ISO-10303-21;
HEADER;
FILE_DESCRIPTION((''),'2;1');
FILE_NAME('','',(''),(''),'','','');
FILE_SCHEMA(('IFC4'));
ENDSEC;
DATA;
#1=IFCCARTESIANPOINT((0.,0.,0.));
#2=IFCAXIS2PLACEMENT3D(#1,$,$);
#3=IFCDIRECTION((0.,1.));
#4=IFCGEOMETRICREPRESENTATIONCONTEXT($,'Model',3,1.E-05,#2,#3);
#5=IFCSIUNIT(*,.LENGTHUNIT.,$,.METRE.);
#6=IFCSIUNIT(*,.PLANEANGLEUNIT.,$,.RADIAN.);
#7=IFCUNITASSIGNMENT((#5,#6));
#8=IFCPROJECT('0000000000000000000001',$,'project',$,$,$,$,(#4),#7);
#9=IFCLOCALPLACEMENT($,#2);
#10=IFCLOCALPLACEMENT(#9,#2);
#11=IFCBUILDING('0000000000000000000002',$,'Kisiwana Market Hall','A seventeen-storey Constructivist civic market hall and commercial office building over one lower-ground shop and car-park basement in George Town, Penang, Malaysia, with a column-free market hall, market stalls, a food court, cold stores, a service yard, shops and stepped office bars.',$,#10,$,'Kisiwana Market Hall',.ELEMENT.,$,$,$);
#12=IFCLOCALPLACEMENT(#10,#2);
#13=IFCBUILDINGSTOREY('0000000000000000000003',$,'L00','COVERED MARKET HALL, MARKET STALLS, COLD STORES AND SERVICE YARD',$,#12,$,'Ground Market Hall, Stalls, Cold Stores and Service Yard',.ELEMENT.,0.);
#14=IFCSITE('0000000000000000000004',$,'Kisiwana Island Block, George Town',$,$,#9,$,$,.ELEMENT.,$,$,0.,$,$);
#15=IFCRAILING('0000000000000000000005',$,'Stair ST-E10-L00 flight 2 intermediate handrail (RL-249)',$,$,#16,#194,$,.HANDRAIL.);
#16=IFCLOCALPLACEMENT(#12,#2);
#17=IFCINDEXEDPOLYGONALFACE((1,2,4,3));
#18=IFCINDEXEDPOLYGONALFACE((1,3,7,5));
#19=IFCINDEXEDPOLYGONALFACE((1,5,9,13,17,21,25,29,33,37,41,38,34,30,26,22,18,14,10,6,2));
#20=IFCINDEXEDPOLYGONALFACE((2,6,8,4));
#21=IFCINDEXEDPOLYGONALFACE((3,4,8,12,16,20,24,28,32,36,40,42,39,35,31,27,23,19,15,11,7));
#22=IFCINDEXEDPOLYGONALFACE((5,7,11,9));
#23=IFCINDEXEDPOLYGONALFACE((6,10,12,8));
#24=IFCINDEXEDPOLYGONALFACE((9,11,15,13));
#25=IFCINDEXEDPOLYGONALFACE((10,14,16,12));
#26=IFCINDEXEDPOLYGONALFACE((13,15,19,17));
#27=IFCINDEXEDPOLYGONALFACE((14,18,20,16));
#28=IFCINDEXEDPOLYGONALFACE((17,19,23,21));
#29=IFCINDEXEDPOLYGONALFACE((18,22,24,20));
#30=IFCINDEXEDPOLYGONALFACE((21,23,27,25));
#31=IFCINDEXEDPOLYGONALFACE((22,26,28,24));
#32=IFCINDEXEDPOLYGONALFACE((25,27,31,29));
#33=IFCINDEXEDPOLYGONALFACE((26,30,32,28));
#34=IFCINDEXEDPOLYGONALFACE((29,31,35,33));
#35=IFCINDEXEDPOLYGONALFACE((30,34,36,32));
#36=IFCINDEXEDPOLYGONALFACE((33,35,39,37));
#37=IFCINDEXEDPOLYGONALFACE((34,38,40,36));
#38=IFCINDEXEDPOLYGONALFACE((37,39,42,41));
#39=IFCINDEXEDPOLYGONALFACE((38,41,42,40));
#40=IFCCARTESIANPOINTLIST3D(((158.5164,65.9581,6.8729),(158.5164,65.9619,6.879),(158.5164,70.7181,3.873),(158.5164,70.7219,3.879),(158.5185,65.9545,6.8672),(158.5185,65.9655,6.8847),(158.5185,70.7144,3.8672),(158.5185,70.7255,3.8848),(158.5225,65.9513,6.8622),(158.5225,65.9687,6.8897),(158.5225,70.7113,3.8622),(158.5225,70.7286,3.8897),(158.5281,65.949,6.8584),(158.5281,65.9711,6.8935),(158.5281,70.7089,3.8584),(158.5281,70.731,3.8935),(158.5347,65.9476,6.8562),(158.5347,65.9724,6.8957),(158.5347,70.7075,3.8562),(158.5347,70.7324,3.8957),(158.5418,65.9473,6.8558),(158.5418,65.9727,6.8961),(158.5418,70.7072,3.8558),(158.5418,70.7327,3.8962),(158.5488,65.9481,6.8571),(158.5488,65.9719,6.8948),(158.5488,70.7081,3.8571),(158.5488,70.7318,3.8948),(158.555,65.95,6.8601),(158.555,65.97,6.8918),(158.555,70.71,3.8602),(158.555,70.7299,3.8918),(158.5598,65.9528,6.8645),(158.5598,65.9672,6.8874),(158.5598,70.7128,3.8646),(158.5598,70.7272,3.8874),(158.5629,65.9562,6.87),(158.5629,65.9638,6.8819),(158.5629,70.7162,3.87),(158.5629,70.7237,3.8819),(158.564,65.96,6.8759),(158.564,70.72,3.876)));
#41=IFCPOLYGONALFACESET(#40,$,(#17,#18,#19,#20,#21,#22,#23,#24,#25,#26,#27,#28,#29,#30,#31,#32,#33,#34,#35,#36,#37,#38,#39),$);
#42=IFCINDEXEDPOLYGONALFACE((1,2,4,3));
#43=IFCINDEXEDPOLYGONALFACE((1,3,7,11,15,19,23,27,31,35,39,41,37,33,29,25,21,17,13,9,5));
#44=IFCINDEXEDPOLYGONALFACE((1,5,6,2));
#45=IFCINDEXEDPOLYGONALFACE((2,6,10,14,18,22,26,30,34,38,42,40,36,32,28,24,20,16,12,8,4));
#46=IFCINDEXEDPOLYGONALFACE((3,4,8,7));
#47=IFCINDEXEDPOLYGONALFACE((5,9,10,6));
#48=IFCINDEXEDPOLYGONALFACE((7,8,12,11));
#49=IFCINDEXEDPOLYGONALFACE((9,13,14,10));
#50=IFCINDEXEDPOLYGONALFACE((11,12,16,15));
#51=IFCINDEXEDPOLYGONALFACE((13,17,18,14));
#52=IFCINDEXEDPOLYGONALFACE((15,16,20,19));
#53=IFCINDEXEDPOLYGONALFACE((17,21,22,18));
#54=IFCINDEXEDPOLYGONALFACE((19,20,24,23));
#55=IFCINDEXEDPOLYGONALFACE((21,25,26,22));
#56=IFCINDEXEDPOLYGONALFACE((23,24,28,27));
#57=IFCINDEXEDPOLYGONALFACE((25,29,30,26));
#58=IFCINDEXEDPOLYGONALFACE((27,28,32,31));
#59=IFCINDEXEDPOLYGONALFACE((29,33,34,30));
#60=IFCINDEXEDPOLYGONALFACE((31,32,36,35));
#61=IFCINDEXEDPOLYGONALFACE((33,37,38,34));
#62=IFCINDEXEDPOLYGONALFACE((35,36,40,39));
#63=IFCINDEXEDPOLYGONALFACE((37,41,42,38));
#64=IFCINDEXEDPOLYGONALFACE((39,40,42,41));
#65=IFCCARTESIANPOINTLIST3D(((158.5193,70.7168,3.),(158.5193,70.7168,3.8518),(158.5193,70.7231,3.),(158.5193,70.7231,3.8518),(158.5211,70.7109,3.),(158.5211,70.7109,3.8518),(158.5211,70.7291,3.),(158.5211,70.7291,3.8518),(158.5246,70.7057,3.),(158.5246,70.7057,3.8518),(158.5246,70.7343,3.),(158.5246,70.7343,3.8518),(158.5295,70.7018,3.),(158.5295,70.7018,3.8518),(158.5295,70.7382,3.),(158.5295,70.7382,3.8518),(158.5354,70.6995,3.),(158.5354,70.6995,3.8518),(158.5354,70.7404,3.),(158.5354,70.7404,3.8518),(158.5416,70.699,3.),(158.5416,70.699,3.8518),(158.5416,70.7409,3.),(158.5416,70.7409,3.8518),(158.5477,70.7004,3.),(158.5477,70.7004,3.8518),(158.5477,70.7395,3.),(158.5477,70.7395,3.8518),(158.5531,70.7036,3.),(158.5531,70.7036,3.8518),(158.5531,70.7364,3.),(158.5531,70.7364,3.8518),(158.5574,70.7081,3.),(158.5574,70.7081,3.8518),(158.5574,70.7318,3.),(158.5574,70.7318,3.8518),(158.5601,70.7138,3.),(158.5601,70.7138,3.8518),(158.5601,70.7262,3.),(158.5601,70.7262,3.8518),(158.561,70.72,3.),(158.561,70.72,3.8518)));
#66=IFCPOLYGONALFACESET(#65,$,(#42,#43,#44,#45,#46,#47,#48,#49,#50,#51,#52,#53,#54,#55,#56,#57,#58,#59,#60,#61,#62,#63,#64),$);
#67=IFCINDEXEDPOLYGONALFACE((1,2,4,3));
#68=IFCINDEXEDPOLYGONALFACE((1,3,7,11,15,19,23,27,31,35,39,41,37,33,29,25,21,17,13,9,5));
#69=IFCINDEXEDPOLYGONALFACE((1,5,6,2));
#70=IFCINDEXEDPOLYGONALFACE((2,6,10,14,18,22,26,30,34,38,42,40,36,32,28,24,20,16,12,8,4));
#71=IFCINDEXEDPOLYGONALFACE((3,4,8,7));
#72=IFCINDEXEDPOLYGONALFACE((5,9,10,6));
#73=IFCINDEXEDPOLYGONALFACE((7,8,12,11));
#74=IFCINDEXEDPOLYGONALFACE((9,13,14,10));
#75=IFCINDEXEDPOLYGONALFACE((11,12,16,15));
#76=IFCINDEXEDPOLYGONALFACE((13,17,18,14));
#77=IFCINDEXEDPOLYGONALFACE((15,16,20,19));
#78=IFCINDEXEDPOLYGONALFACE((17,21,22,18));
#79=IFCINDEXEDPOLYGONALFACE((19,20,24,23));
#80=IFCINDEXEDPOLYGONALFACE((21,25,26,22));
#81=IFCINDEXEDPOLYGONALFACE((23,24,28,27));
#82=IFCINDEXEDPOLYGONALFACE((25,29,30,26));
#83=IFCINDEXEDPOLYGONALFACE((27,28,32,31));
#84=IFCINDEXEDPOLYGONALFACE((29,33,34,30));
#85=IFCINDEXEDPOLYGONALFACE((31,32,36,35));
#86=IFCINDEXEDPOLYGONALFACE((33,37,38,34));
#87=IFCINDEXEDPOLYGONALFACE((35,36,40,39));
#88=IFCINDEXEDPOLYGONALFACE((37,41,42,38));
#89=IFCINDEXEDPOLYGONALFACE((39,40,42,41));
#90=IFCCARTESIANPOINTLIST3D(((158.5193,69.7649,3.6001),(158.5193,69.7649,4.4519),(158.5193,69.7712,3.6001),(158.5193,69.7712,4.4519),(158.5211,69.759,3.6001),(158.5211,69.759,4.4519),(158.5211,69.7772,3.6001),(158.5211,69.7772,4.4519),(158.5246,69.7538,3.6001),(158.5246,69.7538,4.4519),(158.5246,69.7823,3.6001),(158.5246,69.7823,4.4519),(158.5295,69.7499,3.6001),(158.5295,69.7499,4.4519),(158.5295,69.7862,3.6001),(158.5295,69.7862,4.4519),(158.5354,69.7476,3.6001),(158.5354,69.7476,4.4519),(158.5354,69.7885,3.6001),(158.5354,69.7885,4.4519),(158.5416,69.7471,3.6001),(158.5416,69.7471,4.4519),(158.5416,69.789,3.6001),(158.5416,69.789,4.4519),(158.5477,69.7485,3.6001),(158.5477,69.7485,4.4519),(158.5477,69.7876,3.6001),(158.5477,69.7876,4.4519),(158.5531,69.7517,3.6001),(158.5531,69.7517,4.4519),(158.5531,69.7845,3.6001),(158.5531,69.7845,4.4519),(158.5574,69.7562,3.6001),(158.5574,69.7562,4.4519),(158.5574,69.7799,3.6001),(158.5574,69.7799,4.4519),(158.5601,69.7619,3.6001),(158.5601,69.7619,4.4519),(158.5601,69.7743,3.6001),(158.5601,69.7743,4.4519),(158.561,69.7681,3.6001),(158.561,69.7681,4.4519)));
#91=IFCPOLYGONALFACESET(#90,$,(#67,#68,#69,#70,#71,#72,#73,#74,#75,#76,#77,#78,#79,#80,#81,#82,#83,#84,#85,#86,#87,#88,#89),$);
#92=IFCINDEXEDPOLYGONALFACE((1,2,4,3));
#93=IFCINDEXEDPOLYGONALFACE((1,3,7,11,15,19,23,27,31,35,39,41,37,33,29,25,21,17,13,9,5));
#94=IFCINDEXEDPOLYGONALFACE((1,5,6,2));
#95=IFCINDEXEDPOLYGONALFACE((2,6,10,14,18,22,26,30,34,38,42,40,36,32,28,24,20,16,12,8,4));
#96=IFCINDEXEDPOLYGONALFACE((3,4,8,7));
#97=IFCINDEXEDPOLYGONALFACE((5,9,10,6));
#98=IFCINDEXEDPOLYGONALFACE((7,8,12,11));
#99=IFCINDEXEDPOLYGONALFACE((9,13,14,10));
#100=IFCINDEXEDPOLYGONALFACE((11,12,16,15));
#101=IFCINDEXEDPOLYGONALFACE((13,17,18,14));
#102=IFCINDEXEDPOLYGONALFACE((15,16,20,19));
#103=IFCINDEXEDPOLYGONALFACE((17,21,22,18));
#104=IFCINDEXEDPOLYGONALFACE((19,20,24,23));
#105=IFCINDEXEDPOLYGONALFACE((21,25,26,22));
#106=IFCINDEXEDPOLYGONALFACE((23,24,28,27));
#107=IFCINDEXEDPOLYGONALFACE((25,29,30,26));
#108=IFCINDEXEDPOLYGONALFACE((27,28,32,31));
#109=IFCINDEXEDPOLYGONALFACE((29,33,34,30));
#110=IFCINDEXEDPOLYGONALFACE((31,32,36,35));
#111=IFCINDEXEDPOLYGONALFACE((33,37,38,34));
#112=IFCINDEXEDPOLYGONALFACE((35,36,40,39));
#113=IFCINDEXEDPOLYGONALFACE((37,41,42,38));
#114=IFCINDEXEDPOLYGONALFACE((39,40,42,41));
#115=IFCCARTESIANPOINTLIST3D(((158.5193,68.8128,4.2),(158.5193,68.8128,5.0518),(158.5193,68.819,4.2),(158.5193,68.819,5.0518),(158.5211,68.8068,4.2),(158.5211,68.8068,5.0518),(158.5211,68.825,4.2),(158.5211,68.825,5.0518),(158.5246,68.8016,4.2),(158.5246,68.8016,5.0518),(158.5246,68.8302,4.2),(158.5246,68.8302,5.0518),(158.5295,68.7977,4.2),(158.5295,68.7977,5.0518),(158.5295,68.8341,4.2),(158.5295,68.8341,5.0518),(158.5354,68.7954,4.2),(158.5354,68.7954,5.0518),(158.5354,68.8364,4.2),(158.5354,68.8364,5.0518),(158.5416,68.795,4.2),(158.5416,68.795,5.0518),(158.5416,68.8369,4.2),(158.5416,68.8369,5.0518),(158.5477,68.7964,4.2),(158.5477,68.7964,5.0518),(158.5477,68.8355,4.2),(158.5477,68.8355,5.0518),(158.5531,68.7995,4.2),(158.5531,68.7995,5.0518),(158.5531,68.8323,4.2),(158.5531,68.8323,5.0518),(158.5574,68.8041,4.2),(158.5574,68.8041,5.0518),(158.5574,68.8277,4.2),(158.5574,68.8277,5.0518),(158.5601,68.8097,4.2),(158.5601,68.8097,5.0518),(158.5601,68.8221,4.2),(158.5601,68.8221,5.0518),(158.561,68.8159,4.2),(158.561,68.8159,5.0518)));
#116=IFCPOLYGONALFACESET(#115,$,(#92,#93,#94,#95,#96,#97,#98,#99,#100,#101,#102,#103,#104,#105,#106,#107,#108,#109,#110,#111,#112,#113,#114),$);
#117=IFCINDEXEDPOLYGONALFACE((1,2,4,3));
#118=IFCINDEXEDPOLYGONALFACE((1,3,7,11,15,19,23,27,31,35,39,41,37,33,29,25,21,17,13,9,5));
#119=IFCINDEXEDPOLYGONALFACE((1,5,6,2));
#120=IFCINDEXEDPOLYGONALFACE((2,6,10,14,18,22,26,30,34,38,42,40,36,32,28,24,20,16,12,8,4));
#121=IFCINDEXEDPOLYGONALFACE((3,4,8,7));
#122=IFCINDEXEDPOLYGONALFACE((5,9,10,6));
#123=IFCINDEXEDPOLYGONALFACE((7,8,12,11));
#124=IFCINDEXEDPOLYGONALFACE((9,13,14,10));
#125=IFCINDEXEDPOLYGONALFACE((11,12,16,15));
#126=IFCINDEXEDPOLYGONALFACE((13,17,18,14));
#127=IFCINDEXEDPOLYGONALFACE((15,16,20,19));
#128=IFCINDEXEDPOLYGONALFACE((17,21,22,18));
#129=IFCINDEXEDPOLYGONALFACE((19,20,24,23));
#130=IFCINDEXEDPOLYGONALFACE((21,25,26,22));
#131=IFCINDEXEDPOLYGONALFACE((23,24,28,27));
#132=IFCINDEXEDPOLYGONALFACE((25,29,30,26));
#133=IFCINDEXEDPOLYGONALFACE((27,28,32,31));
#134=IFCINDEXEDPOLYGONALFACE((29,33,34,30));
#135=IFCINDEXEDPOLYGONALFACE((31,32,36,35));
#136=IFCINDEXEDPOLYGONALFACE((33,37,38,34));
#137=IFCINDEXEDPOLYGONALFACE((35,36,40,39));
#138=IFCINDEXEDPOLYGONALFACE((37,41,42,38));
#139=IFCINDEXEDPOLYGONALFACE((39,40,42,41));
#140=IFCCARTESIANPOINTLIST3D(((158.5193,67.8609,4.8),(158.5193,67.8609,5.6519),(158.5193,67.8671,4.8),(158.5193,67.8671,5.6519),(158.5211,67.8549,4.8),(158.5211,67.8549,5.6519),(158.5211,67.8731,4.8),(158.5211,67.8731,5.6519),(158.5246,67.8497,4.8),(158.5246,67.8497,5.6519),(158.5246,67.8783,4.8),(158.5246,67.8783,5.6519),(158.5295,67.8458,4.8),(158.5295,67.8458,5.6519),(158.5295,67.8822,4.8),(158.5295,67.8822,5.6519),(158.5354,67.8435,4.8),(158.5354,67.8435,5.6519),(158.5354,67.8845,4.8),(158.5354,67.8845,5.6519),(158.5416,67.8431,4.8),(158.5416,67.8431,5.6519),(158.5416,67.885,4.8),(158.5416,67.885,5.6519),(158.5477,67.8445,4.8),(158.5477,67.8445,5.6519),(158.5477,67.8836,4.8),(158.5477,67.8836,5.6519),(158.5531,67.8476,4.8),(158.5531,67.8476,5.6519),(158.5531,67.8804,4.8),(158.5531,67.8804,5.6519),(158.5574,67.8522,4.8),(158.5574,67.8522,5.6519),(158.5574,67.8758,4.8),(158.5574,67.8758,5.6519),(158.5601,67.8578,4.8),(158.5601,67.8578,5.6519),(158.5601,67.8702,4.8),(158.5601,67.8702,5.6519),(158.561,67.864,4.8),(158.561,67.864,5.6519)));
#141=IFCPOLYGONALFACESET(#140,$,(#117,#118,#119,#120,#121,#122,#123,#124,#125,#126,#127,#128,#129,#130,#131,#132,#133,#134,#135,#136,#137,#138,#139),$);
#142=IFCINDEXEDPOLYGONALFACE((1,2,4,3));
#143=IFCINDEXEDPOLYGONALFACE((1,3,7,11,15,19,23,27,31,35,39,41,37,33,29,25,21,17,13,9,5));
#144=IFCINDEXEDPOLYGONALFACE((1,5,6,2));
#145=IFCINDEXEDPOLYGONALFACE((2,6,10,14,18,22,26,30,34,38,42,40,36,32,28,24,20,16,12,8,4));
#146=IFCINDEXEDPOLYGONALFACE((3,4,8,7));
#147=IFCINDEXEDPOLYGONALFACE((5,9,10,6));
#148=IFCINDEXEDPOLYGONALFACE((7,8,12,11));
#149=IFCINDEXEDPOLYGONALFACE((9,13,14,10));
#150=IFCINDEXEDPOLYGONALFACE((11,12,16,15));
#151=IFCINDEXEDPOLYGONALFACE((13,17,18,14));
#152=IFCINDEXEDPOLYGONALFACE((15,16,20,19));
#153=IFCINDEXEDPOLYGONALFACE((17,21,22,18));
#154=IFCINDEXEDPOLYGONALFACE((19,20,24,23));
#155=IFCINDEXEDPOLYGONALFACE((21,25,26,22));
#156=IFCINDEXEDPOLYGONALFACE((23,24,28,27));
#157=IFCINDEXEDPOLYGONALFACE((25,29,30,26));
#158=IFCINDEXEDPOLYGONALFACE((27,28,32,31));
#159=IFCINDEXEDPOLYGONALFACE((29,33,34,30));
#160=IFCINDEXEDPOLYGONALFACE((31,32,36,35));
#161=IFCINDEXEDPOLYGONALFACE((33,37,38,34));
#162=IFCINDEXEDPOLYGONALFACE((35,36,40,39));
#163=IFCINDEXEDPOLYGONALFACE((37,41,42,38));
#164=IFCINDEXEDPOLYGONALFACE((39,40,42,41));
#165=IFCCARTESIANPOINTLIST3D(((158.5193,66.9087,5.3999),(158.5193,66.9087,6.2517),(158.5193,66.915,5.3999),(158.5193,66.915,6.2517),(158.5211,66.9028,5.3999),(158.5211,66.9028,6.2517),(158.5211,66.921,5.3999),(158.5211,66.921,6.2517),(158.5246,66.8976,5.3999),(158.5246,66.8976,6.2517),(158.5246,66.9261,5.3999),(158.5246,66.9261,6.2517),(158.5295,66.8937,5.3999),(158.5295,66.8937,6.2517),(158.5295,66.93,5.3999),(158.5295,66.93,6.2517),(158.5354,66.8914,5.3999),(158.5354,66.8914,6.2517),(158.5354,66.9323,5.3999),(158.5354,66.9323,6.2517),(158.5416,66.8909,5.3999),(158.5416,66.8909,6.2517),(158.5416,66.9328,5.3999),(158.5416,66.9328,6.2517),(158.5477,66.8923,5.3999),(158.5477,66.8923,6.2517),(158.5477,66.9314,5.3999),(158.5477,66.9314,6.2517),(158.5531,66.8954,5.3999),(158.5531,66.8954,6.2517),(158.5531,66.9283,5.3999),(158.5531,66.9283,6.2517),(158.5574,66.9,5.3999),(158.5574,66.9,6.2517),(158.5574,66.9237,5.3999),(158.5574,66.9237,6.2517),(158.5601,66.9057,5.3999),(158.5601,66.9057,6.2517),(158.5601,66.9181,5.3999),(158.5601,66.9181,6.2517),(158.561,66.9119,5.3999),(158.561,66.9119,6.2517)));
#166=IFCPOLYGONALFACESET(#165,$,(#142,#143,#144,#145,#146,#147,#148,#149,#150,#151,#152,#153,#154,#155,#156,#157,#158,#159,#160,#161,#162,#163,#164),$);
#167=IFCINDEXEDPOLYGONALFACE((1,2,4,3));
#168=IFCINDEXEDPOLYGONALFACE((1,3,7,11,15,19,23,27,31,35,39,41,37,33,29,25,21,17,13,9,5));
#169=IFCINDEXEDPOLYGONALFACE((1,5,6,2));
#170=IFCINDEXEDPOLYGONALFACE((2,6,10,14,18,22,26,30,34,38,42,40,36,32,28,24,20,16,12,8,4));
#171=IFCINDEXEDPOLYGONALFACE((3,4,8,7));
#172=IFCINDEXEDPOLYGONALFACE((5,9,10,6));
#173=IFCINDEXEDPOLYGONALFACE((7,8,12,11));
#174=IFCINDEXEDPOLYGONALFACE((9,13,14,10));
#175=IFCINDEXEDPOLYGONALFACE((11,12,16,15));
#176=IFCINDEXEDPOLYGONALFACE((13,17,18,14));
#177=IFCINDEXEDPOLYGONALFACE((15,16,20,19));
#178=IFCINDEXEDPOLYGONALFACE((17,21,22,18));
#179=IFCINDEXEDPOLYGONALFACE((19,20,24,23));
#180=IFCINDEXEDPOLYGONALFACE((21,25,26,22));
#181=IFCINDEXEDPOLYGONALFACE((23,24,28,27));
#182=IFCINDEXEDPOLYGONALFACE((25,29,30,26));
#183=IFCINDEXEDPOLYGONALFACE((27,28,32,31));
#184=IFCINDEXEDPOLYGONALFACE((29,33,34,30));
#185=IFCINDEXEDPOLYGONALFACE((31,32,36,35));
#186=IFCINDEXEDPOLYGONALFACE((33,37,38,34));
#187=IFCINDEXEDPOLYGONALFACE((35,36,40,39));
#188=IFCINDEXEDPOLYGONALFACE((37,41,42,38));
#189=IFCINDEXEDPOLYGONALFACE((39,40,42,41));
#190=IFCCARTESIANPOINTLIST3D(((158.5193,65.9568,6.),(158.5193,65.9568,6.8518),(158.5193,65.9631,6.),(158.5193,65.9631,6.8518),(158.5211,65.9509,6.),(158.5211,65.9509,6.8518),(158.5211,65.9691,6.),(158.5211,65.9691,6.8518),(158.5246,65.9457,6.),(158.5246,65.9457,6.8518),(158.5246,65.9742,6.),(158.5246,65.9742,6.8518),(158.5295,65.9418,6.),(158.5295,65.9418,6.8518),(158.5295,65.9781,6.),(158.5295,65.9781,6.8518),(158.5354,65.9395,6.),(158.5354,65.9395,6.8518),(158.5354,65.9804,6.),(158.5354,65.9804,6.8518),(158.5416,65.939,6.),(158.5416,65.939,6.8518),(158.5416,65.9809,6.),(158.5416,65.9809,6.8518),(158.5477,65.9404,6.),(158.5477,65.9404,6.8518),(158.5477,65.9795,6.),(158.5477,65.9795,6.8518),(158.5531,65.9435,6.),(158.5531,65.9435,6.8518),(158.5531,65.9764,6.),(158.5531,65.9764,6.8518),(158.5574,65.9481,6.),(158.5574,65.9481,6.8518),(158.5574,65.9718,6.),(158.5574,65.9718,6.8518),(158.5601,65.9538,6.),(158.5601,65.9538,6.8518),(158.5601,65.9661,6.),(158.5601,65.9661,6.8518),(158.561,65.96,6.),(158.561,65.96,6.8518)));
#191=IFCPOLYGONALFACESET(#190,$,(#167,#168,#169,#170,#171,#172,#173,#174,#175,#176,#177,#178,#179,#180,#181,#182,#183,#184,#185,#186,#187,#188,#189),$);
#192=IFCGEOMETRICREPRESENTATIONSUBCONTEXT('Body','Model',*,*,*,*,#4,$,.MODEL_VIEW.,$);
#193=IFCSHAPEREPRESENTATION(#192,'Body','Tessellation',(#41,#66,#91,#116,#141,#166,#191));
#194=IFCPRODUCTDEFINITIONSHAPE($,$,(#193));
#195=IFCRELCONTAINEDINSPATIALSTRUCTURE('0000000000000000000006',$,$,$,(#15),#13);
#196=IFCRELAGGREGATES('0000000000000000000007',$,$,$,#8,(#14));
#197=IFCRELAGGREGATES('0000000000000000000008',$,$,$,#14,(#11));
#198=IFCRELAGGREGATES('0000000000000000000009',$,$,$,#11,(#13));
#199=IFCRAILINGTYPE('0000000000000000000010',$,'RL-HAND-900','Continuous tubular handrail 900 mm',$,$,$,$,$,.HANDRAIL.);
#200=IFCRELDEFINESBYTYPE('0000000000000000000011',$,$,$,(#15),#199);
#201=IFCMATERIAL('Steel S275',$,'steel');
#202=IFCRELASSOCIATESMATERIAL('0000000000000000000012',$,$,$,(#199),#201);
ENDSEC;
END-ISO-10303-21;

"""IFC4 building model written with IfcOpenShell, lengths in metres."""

from ifc_helpers import new_model, si_unit, direction, frame, origin, origin_2d, place, context, subcontext, project, spatial, circle, extrude, material, type_object, element, save


model = new_model("IFC4")

# Units and contexts
model_context = context("Model", 3, precision=1e-05, world=origin(), true_north=direction((0.0, 1.0)))
body_context = subcontext(model_context, "Body", "Model", "MODEL_VIEW")
ifc_project = project(units=[si_unit("LENGTHUNIT", "METRE"), si_unit("PLANEANGLEUNIT", "RADIAN")], contexts=[model_context])

# Site, building, storey
site_placement = place(None, origin())
site = spatial("IfcSite", under=ifc_project, at=site_placement, Name="Kisiwana Island Block, George Town", CompositionType="ELEMENT", RefElevation=0.0)
building_placement = place(site_placement, origin())
building = spatial("IfcBuilding", under=site, at=building_placement, Name="Kisiwana Market Hall", Description="A seventeen-storey Constructivist civic market hall and commercial office building over one lower-ground shop and car-park basement in George Town, Penang, Malaysia, with a column-free market hall, market stalls, a food court, cold stores, a service yard, shops and stepped office bars.", LongName="Kisiwana Market Hall", CompositionType="ELEMENT")
storey_placement = place(building_placement, origin())
storey = spatial("IfcBuildingStorey", under=building, at=storey_placement, Name="L00", Description="COVERED MARKET HALL, MARKET STALLS, COLD STORES AND SERVICE YARD", LongName="Ground Market Hall, Stalls, Cold Stores and Service Yard", CompositionType="ELEMENT", Elevation=0.0)

# Railing
ifc_material_1 = material(Name="Steel S275", Category="steel")
railing_type_1 = type_object("IfcRailingType", Name="RL-HAND-900", Description="Continuous tubular handrail 900 mm", PredefinedType="HANDRAIL", material=ifc_material_1)
for number, where, name in (
    (1, (158.54, 70.72, 3.0), "Stair ST-E10-L00 flight 2 intermediate handrail (RL-249)"),
):
    element("IfcRailing", number, at=place(storey_placement, frame(where)), inside=storey, type_object=railing_type_1, Name=name, PredefinedType="HANDRAIL", context=body_context, shape_type="SweptSolid", body=[
        extrude(circle(Radius=0.0239, at=origin_2d()), frame((0.0, 0.0, 0.876), z_axis=(0.0, -0.845996, 0.53319), x_axis=(1.0, 0.0, 0.0)), (0.0, 0.0, 1.0), 5.6265),
        extrude(circle(Radius=0.021, at=origin_2d()), origin(), (0.0, 0.0, 1.0), 0.8518),
        extrude(circle(Radius=0.021, at=origin_2d()), frame((0.0, -0.9519, 0.6001)), (0.0, 0.0, 1.0), 0.8518),
        extrude(circle(Radius=0.021, at=origin_2d()), frame((0.0, -1.9041, 1.2)), (0.0, 0.0, 1.0), 0.8518),
        extrude(circle(Radius=0.021, at=origin_2d()), frame((0.0, -2.856, 1.8)), (0.0, 0.0, 1.0), 0.8518),
        extrude(circle(Radius=0.021, at=origin_2d()), frame((0.0, -3.8081, 2.3999)), (0.0, 0.0, 1.0), 0.8518),
        extrude(circle(Radius=0.021, at=origin_2d()), frame((0.0, -4.76, 3.0)), (0.0, 0.0, 1.0), 0.8518),
    ])

save(model, "model.ifc")
